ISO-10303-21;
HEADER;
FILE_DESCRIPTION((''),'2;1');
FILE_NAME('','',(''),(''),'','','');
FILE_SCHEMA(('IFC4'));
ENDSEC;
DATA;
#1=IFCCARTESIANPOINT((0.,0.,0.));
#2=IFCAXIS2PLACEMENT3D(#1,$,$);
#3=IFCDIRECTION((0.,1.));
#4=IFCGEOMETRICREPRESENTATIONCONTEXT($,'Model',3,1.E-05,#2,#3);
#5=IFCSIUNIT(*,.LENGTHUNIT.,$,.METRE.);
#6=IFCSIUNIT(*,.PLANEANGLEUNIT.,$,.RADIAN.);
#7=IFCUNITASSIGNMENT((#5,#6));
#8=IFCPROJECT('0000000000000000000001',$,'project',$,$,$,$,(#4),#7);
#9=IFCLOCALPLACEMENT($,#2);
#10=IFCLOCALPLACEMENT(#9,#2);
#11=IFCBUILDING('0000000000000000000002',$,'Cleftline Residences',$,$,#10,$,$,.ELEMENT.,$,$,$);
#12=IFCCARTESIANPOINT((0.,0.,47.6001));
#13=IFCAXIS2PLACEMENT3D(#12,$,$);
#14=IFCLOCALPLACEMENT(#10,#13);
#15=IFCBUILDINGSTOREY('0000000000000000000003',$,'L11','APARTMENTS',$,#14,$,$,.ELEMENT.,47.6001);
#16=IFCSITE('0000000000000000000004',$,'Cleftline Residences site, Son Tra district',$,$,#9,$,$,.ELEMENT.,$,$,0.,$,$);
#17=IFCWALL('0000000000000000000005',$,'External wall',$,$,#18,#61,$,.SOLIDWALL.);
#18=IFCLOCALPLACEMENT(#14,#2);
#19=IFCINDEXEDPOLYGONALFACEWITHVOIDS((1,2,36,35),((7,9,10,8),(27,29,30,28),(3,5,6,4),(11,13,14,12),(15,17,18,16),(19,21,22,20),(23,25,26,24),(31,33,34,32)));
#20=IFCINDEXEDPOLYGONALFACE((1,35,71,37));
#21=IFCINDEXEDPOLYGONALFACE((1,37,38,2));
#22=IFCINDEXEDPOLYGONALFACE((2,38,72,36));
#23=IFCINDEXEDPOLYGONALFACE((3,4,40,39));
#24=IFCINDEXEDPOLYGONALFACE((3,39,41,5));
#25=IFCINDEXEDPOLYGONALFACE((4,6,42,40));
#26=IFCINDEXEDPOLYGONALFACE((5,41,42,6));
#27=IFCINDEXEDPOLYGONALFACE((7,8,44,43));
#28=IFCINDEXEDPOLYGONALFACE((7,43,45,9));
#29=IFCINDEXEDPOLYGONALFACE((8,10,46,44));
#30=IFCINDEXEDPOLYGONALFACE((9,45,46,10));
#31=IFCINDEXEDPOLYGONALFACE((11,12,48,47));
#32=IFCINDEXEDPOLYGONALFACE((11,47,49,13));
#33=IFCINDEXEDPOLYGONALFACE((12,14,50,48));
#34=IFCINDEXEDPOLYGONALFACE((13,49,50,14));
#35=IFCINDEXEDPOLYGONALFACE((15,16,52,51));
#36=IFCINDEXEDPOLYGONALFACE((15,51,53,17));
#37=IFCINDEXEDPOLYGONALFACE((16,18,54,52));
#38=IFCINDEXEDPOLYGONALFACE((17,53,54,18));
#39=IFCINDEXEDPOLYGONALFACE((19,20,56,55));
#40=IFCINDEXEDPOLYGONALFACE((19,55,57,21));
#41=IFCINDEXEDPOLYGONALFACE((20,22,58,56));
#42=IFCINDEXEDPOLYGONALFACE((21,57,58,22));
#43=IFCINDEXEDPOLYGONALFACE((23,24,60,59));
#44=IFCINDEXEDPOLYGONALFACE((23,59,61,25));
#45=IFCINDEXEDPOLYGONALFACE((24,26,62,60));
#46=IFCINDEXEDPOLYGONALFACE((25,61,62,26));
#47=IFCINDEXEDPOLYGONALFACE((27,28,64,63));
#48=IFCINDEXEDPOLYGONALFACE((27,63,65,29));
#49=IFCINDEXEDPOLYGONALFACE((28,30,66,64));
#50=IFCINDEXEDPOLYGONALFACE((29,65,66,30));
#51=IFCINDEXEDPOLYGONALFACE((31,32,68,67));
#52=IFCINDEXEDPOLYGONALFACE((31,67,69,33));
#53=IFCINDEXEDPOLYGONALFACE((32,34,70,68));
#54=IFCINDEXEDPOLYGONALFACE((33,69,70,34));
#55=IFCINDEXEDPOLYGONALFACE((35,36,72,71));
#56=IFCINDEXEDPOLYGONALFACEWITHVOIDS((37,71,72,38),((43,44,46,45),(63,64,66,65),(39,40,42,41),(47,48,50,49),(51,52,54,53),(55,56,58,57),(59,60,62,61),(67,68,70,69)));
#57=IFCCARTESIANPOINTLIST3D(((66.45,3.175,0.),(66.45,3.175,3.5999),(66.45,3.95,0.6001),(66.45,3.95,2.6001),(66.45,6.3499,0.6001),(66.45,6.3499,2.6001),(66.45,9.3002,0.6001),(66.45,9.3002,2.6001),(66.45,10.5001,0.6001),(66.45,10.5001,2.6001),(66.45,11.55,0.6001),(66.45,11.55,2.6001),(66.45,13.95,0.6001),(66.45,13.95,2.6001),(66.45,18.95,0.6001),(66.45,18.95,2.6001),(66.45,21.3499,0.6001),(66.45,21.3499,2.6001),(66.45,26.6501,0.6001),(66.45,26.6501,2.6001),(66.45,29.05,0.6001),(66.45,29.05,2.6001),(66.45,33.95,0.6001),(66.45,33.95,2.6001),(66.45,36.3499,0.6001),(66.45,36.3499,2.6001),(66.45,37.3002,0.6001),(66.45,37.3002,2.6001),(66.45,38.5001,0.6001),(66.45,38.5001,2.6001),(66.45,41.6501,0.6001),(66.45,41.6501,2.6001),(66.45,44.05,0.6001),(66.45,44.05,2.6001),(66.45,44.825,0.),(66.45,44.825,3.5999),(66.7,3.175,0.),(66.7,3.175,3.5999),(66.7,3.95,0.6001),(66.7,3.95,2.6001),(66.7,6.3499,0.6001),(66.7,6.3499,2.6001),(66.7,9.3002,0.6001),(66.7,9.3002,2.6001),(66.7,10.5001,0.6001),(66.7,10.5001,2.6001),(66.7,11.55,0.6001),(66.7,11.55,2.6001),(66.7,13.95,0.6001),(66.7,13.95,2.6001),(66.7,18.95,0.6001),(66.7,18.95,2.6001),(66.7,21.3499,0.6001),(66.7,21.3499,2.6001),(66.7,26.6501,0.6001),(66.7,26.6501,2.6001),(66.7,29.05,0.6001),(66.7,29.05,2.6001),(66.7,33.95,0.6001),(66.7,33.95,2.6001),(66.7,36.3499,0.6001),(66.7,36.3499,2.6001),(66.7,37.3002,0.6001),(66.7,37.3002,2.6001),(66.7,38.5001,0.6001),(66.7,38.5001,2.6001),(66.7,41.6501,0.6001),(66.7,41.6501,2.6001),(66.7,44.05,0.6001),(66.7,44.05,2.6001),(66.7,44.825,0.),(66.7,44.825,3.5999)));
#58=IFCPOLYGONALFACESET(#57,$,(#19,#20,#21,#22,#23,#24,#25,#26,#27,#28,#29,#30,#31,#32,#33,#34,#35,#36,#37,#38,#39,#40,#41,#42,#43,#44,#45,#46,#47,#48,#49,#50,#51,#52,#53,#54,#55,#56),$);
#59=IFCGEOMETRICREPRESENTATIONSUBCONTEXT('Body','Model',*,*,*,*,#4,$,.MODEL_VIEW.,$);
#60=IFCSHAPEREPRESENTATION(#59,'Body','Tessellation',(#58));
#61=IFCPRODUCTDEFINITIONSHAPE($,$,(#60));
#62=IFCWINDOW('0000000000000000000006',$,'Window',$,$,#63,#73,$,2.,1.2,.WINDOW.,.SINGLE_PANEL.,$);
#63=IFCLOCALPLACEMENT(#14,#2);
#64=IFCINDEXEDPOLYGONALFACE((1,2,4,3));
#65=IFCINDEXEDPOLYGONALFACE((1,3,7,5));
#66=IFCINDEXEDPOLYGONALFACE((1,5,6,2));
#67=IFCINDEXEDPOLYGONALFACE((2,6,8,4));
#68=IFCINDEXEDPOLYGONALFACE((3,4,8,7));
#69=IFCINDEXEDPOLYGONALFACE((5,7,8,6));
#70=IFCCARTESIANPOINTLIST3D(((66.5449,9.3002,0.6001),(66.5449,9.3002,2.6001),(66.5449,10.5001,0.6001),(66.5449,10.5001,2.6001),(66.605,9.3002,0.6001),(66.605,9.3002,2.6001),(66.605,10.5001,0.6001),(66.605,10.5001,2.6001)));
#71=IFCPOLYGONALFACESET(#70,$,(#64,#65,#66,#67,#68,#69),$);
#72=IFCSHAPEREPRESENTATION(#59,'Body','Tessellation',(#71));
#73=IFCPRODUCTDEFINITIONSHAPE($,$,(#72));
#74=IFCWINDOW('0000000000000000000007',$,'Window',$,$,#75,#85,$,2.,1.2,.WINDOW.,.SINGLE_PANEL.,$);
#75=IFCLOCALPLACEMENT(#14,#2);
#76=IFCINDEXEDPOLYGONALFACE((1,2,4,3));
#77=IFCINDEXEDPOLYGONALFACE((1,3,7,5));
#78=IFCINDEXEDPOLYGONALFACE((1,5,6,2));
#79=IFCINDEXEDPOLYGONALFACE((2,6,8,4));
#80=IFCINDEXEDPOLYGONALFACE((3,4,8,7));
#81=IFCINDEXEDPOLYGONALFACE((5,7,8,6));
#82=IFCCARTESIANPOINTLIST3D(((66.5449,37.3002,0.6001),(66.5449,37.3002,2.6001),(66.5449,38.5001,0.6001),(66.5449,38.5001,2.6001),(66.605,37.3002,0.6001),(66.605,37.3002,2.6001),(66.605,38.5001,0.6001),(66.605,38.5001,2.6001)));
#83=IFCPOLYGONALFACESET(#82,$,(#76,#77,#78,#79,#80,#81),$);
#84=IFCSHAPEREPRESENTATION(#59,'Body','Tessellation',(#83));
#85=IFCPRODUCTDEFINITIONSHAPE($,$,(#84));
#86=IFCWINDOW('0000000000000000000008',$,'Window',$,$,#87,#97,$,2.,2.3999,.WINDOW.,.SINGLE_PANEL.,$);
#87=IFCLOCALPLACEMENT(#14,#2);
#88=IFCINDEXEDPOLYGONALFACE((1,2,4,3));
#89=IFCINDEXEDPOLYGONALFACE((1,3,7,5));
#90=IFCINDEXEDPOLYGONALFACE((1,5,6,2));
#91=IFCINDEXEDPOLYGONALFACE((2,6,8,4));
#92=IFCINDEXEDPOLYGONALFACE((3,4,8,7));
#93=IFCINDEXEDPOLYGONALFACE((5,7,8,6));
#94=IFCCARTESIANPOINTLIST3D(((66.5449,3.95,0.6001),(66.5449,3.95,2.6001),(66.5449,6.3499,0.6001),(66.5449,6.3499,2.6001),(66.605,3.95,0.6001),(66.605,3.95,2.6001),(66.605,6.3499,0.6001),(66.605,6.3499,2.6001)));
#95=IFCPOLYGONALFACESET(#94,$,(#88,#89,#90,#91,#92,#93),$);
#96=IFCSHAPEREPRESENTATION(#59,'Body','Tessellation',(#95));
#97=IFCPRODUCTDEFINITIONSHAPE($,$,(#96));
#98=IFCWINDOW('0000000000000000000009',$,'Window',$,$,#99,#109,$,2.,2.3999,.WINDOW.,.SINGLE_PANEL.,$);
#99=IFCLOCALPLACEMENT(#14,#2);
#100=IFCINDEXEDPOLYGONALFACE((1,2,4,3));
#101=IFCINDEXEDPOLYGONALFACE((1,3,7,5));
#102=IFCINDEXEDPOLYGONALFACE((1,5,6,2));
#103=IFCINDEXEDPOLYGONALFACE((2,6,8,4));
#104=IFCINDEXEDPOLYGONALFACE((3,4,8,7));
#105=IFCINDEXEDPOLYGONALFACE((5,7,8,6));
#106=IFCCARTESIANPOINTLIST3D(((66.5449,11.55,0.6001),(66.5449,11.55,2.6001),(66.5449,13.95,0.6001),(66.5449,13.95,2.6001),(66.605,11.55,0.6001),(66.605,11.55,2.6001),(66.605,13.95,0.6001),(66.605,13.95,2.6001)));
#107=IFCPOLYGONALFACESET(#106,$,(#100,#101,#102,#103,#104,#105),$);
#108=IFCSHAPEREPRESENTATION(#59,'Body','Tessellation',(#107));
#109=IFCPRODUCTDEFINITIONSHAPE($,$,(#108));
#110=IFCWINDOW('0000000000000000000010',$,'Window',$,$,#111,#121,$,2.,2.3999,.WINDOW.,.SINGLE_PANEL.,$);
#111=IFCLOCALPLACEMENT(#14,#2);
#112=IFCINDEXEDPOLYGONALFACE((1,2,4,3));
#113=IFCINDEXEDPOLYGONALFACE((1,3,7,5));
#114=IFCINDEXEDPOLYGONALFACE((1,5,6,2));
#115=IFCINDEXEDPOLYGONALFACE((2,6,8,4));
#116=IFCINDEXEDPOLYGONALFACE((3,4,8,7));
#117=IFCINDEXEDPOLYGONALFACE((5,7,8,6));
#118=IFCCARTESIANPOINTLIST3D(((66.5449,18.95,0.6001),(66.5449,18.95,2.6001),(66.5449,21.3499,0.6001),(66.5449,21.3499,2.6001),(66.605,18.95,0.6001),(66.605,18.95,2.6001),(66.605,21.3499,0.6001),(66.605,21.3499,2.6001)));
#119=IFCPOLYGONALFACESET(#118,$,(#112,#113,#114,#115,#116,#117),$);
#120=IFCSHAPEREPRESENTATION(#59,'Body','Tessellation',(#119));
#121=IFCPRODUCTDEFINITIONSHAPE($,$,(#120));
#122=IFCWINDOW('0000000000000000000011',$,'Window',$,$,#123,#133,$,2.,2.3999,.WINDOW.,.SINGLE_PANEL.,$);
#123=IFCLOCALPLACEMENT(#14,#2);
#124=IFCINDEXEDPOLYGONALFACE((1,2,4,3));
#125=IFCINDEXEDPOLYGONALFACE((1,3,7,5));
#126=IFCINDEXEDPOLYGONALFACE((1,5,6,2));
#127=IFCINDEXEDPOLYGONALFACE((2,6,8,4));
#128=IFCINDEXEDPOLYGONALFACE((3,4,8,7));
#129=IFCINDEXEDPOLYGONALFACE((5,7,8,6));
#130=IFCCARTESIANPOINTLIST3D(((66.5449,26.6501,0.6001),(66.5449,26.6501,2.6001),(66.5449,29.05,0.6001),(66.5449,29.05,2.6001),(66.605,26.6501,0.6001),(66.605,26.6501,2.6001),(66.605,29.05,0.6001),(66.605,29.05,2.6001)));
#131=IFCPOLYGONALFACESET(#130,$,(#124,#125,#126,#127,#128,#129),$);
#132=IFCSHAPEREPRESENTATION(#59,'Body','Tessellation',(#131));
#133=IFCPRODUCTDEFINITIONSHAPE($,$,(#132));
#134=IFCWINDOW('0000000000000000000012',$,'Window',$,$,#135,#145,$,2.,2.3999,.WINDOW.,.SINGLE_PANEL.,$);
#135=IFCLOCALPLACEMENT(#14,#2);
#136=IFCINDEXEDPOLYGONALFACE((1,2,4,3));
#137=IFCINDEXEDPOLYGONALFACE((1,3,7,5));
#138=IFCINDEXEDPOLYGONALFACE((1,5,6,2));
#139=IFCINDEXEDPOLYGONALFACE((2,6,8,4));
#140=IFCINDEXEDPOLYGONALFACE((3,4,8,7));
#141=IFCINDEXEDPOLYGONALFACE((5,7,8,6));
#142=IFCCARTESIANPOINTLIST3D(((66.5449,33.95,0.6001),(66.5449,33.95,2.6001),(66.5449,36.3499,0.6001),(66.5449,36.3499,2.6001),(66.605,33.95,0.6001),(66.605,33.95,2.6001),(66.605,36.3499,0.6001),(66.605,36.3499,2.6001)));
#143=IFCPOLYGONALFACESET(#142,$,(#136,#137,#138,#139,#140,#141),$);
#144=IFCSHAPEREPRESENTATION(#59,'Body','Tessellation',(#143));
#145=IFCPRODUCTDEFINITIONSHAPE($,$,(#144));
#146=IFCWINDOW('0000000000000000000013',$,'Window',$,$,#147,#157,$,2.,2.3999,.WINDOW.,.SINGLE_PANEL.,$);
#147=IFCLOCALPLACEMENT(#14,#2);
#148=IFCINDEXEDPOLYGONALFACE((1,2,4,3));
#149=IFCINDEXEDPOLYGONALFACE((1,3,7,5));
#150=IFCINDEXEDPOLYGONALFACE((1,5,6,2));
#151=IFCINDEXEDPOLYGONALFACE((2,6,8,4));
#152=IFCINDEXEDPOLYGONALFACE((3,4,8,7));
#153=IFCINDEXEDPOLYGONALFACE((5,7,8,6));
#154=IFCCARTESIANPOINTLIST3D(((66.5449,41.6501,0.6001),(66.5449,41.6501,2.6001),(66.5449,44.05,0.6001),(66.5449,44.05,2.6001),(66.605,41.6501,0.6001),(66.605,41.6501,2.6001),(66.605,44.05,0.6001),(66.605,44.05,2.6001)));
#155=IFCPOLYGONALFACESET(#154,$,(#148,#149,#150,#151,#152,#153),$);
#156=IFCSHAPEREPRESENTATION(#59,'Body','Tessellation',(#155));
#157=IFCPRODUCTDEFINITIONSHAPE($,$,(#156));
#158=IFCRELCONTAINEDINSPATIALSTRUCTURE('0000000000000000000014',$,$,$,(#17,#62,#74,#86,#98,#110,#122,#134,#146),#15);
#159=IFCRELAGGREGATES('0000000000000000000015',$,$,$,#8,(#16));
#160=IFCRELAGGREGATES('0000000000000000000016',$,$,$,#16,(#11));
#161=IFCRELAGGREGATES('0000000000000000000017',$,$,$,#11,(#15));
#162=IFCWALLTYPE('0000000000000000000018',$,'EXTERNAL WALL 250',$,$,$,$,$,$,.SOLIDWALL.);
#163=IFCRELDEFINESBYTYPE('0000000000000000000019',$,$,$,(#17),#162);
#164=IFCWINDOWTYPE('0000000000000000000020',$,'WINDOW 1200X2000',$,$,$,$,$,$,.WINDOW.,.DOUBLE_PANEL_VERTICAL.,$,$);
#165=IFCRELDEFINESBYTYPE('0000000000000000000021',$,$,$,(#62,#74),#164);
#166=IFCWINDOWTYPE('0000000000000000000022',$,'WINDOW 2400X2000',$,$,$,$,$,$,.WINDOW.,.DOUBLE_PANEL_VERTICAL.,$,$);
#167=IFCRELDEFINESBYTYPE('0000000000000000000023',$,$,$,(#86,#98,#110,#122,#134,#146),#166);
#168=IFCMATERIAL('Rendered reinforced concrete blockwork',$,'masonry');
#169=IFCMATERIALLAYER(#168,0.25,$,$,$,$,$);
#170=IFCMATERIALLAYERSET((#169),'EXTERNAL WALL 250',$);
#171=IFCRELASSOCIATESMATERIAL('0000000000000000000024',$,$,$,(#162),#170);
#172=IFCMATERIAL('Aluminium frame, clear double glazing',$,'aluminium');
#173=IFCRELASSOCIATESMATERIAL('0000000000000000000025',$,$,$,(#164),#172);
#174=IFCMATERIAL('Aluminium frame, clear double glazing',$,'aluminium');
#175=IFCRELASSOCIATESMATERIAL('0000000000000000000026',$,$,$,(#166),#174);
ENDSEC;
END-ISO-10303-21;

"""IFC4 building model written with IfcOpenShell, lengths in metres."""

from ifc_helpers import new_model, si_unit, direction, frame, frame_2d, origin, place, context, subcontext, project, spatial, rectangle, extrude, material, layer, layer_set, type_object, element, fill, save


model = new_model("IFC4")

# Units and contexts
model_context = context("Model", 3, precision=1e-05, world=origin(), true_north=direction((0.0, 1.0)))
body_context = subcontext(model_context, "Body", "Model", "MODEL_VIEW")
ifc_project = project(units=[si_unit("LENGTHUNIT", "METRE"), si_unit("PLANEANGLEUNIT", "RADIAN")], contexts=[model_context])

# Site, building, storey
site_placement = place(None, origin())
site = spatial("IfcSite", under=ifc_project, at=site_placement, Name="Cleftline Residences site, Son Tra district", CompositionType="ELEMENT", RefElevation=0.0)
building_placement = place(site_placement, origin())
building = spatial("IfcBuilding", under=site, at=building_placement, Name="Cleftline Residences", CompositionType="ELEMENT")
storey_placement = place(building_placement, frame((0.0, 0.0, 47.6001)))
storey = spatial("IfcBuildingStorey", under=building, at=storey_placement, Name="L11", Description="APARTMENTS", CompositionType="ELEMENT", Elevation=47.6001)

# Wall, openings, windows
ifc_material_1 = material(Name="Rendered reinforced concrete blockwork", Category="masonry")
ifc_layer_1 = layer(ifc_material_1, 0.25)
ifc_layer_set_1 = layer_set([ifc_layer_1], Name="EXTERNAL WALL 250")
wall_type_1 = type_object("IfcWallType", Name="EXTERNAL WALL 250", PredefinedType="SOLIDWALL", material=ifc_layer_set_1)
ifc_material_2 = material(Name="Aluminium frame, clear double glazing", Category="aluminium")
window_type_1 = type_object("IfcWindowType", Name="WINDOW 1200X2000", PartitioningType="DOUBLE_PANEL_VERTICAL", PredefinedType="WINDOW", material=ifc_material_2)
wall_1_placement = place(storey_placement, frame((66.575, 3.175, 0.0), z_axis=(0.0, 0.0, 1.0), x_axis=(0.0, 1.0, 0.0)))
wall_1 = element("IfcWall", 1, at=wall_1_placement, inside=storey, type_object=wall_type_1, Name="External wall", PredefinedType="SOLIDWALL", context=body_context, shape_type="SweptSolid", body=[
    extrude(rectangle(XDim=41.6499, YDim=0.25, at=frame_2d((20.825, 0.0))), origin(), (0.0, 0.0, 1.0), 3.5999),
])
opening_1_placement = place(wall_1_placement, frame((0.7749, 0.0, 0.6001)))
opening_1 = element("IfcOpeningElement", 2, at=opening_1_placement, cuts=wall_1, PredefinedType="OPENING", context=body_context, shape_type="SweptSolid", body=[
    extrude(rectangle(XDim=2.3999, YDim=2.0, at=frame_2d((1.2, 1.0))), frame((0.0, 0.135, 0.0), z_axis=(0.0, -1.0, 0.0), x_axis=(1.0, 0.0, 0.0)), (0.0, 0.0, 1.0), 0.27),
])
opening_2_placement = place(wall_1_placement, frame((6.125, 0.0, 0.6001)))
opening_2 = element("IfcOpeningElement", 3, at=opening_2_placement, cuts=wall_1, PredefinedType="OPENING", context=body_context, shape_type="SweptSolid", body=[
    extrude(rectangle(XDim=1.2, YDim=2.0, at=frame_2d((0.6001, 1.0))), frame((0.0, 0.135, 0.0), z_axis=(0.0, -1.0, 0.0), x_axis=(1.0, 0.0, 0.0)), (0.0, 0.0, 1.0), 0.27),
])
opening_3_placement = place(wall_1_placement, frame((8.375, 0.0, 0.6001)))
opening_3 = element("IfcOpeningElement", 4, at=opening_3_placement, cuts=wall_1, PredefinedType="OPENING", context=body_context, shape_type="SweptSolid", body=[
    extrude(rectangle(XDim=2.3999, YDim=2.0, at=frame_2d((1.2, 1.0))), frame((0.0, 0.135, 0.0), z_axis=(0.0, -1.0, 0.0), x_axis=(1.0, 0.0, 0.0)), (0.0, 0.0, 1.0), 0.27),
])
opening_4_placement = place(wall_1_placement, frame((15.7749, 0.0, 0.6001)))
opening_4 = element("IfcOpeningElement", 5, at=opening_4_placement, cuts=wall_1, PredefinedType="OPENING", context=body_context, shape_type="SweptSolid", body=[
    extrude(rectangle(XDim=2.3999, YDim=2.0, at=frame_2d((1.2, 1.0))), frame((0.0, 0.135, 0.0), z_axis=(0.0, -1.0, 0.0), x_axis=(1.0, 0.0, 0.0)), (0.0, 0.0, 1.0), 0.27),
])
opening_5_placement = place(wall_1_placement, frame((23.4751, 0.0, 0.6001)))
opening_5 = element("IfcOpeningElement", 6, at=opening_5_placement, cuts=wall_1, PredefinedType="OPENING", context=body_context, shape_type="SweptSolid", body=[
    extrude(rectangle(XDim=2.3999, YDim=2.0, at=frame_2d((1.2, 1.0))), frame((0.0, 0.135, 0.0), z_axis=(0.0, -1.0, 0.0), x_axis=(1.0, 0.0, 0.0)), (0.0, 0.0, 1.0), 0.27),
])
opening_6_placement = place(wall_1_placement, frame((30.7749, 0.0, 0.6001)))
opening_6 = element("IfcOpeningElement", 7, at=opening_6_placement, cuts=wall_1, PredefinedType="OPENING", context=body_context, shape_type="SweptSolid", body=[
    extrude(rectangle(XDim=2.3999, YDim=2.0, at=frame_2d((1.2, 1.0))), frame((0.0, 0.135, 0.0), z_axis=(0.0, -1.0, 0.0), x_axis=(1.0, 0.0, 0.0)), (0.0, 0.0, 1.0), 0.27),
])
opening_7_placement = place(wall_1_placement, frame((34.125, 0.0, 0.6001)))
opening_7 = element("IfcOpeningElement", 8, at=opening_7_placement, cuts=wall_1, PredefinedType="OPENING", context=body_context, shape_type="SweptSolid", body=[
    extrude(rectangle(XDim=1.2, YDim=2.0, at=frame_2d((0.6001, 1.0))), frame((0.0, 0.135, 0.0), z_axis=(0.0, -1.0, 0.0), x_axis=(1.0, 0.0, 0.0)), (0.0, 0.0, 1.0), 0.27),
])
opening_8_placement = place(wall_1_placement, frame((38.4751, 0.0, 0.6001)))
opening_8 = element("IfcOpeningElement", 9, at=opening_8_placement, cuts=wall_1, PredefinedType="OPENING", context=body_context, shape_type="SweptSolid", body=[
    extrude(rectangle(XDim=2.3999, YDim=2.0, at=frame_2d((1.2, 1.0))), frame((0.0, 0.135, 0.0), z_axis=(0.0, -1.0, 0.0), x_axis=(1.0, 0.0, 0.0)), (0.0, 0.0, 1.0), 0.27),
])
window_1_placement = place(opening_2_placement, origin())
window_1 = element("IfcWindow", 10, at=window_1_placement, inside=storey, type_object=window_type_1, Name="Window", OverallHeight=2.0, OverallWidth=1.2, PartitioningType="SINGLE_PANEL", PredefinedType="WINDOW", context=body_context, shape_type="SweptSolid", body=[
    extrude(rectangle(XDim=1.2, YDim=2.0, at=frame_2d((0.6001, 1.0))), frame((0.0, 0.03, 0.0), z_axis=(0.0, -1.0, 0.0), x_axis=(1.0, 0.0, 0.0)), (0.0, 0.0, 1.0), 0.0601),
])
fill(opening_2, window_1)
window_2_placement = place(opening_7_placement, origin())
window_2 = element("IfcWindow", 11, at=window_2_placement, inside=storey, type_object=window_type_1, Name="Window", OverallHeight=2.0, OverallWidth=1.2, PartitioningType="SINGLE_PANEL", PredefinedType="WINDOW", context=body_context, shape_type="SweptSolid", body=[
    extrude(rectangle(XDim=1.2, YDim=2.0, at=frame_2d((0.6001, 1.0))), frame((0.0, 0.03, 0.0), z_axis=(0.0, -1.0, 0.0), x_axis=(1.0, 0.0, 0.0)), (0.0, 0.0, 1.0), 0.0601),
])
fill(opening_7, window_2)
ifc_material_3 = material(Name="Aluminium frame, clear double glazing", Category="aluminium")
window_type_2 = type_object("IfcWindowType", Name="WINDOW 2400X2000", PartitioningType="DOUBLE_PANEL_VERTICAL", PredefinedType="WINDOW", material=ifc_material_3)
window_3_placement = place(opening_1_placement, origin())
window_3 = element("IfcWindow", 12, at=window_3_placement, inside=storey, type_object=window_type_2, Name="Window", OverallHeight=2.0, OverallWidth=2.3999, PartitioningType="SINGLE_PANEL", PredefinedType="WINDOW", context=body_context, shape_type="SweptSolid", body=[
    extrude(rectangle(XDim=2.3999, YDim=2.0, at=frame_2d((1.2, 1.0))), frame((0.0, 0.03, 0.0), z_axis=(0.0, -1.0, 0.0), x_axis=(1.0, 0.0, 0.0)), (0.0, 0.0, 1.0), 0.0601),
])
fill(opening_1, window_3)
window_4_placement = place(opening_3_placement, origin())
window_4 = element("IfcWindow", 13, at=window_4_placement, inside=storey, type_object=window_type_2, Name="Window", OverallHeight=2.0, OverallWidth=2.3999, PartitioningType="SINGLE_PANEL", PredefinedType="WINDOW", context=body_context, shape_type="SweptSolid", body=[
    extrude(rectangle(XDim=2.3999, YDim=2.0, at=frame_2d((1.2, 1.0))), frame((0.0, 0.03, 0.0), z_axis=(0.0, -1.0, 0.0), x_axis=(1.0, 0.0, 0.0)), (0.0, 0.0, 1.0), 0.0601),
])
fill(opening_3, window_4)
window_5_placement = place(opening_4_placement, origin())
window_5 = element("IfcWindow", 14, at=window_5_placement, inside=storey, type_object=window_type_2, Name="Window", OverallHeight=2.0, OverallWidth=2.3999, PartitioningType="SINGLE_PANEL", PredefinedType="WINDOW", context=body_context, shape_type="SweptSolid", body=[
    extrude(rectangle(XDim=2.3999, YDim=2.0, at=frame_2d((1.2, 1.0))), frame((0.0, 0.03, 0.0), z_axis=(0.0, -1.0, 0.0), x_axis=(1.0, 0.0, 0.0)), (0.0, 0.0, 1.0), 0.0601),
])
fill(opening_4, window_5)
window_6_placement = place(opening_5_placement, origin())
window_6 = element("IfcWindow", 15, at=window_6_placement, inside=storey, type_object=window_type_2, Name="Window", OverallHeight=2.0, OverallWidth=2.3999, PartitioningType="SINGLE_PANEL", PredefinedType="WINDOW", context=body_context, shape_type="SweptSolid", body=[
    extrude(rectangle(XDim=2.3999, YDim=2.0, at=frame_2d((1.2, 1.0))), frame((0.0, 0.03, 0.0), z_axis=(0.0, -1.0, 0.0), x_axis=(1.0, 0.0, 0.0)), (0.0, 0.0, 1.0), 0.0601),
])
fill(opening_5, window_6)
window_7_placement = place(opening_6_placement, origin())
window_7 = element("IfcWindow", 16, at=window_7_placement, inside=storey, type_object=window_type_2, Name="Window", OverallHeight=2.0, OverallWidth=2.3999, PartitioningType="SINGLE_PANEL", PredefinedType="WINDOW", context=body_context, shape_type="SweptSolid", body=[
    extrude(rectangle(XDim=2.3999, YDim=2.0, at=frame_2d((1.2, 1.0))), frame((0.0, 0.03, 0.0), z_axis=(0.0, -1.0, 0.0), x_axis=(1.0, 0.0, 0.0)), (0.0, 0.0, 1.0), 0.0601),
])
fill(opening_6, window_7)
window_8_placement = place(opening_8_placement, origin())
window_8 = element("IfcWindow", 17, at=window_8_placement, inside=storey, type_object=window_type_2, Name="Window", OverallHeight=2.0, OverallWidth=2.3999, PartitioningType="SINGLE_PANEL", PredefinedType="WINDOW", context=body_context, shape_type="SweptSolid", body=[
    extrude(rectangle(XDim=2.3999, YDim=2.0, at=frame_2d((1.2, 1.0))), frame((0.0, 0.03, 0.0), z_axis=(0.0, -1.0, 0.0), x_axis=(1.0, 0.0, 0.0)), (0.0, 0.0, 1.0), 0.0601),
])
fill(opening_8, window_8)

save(model, "model.ifc")
